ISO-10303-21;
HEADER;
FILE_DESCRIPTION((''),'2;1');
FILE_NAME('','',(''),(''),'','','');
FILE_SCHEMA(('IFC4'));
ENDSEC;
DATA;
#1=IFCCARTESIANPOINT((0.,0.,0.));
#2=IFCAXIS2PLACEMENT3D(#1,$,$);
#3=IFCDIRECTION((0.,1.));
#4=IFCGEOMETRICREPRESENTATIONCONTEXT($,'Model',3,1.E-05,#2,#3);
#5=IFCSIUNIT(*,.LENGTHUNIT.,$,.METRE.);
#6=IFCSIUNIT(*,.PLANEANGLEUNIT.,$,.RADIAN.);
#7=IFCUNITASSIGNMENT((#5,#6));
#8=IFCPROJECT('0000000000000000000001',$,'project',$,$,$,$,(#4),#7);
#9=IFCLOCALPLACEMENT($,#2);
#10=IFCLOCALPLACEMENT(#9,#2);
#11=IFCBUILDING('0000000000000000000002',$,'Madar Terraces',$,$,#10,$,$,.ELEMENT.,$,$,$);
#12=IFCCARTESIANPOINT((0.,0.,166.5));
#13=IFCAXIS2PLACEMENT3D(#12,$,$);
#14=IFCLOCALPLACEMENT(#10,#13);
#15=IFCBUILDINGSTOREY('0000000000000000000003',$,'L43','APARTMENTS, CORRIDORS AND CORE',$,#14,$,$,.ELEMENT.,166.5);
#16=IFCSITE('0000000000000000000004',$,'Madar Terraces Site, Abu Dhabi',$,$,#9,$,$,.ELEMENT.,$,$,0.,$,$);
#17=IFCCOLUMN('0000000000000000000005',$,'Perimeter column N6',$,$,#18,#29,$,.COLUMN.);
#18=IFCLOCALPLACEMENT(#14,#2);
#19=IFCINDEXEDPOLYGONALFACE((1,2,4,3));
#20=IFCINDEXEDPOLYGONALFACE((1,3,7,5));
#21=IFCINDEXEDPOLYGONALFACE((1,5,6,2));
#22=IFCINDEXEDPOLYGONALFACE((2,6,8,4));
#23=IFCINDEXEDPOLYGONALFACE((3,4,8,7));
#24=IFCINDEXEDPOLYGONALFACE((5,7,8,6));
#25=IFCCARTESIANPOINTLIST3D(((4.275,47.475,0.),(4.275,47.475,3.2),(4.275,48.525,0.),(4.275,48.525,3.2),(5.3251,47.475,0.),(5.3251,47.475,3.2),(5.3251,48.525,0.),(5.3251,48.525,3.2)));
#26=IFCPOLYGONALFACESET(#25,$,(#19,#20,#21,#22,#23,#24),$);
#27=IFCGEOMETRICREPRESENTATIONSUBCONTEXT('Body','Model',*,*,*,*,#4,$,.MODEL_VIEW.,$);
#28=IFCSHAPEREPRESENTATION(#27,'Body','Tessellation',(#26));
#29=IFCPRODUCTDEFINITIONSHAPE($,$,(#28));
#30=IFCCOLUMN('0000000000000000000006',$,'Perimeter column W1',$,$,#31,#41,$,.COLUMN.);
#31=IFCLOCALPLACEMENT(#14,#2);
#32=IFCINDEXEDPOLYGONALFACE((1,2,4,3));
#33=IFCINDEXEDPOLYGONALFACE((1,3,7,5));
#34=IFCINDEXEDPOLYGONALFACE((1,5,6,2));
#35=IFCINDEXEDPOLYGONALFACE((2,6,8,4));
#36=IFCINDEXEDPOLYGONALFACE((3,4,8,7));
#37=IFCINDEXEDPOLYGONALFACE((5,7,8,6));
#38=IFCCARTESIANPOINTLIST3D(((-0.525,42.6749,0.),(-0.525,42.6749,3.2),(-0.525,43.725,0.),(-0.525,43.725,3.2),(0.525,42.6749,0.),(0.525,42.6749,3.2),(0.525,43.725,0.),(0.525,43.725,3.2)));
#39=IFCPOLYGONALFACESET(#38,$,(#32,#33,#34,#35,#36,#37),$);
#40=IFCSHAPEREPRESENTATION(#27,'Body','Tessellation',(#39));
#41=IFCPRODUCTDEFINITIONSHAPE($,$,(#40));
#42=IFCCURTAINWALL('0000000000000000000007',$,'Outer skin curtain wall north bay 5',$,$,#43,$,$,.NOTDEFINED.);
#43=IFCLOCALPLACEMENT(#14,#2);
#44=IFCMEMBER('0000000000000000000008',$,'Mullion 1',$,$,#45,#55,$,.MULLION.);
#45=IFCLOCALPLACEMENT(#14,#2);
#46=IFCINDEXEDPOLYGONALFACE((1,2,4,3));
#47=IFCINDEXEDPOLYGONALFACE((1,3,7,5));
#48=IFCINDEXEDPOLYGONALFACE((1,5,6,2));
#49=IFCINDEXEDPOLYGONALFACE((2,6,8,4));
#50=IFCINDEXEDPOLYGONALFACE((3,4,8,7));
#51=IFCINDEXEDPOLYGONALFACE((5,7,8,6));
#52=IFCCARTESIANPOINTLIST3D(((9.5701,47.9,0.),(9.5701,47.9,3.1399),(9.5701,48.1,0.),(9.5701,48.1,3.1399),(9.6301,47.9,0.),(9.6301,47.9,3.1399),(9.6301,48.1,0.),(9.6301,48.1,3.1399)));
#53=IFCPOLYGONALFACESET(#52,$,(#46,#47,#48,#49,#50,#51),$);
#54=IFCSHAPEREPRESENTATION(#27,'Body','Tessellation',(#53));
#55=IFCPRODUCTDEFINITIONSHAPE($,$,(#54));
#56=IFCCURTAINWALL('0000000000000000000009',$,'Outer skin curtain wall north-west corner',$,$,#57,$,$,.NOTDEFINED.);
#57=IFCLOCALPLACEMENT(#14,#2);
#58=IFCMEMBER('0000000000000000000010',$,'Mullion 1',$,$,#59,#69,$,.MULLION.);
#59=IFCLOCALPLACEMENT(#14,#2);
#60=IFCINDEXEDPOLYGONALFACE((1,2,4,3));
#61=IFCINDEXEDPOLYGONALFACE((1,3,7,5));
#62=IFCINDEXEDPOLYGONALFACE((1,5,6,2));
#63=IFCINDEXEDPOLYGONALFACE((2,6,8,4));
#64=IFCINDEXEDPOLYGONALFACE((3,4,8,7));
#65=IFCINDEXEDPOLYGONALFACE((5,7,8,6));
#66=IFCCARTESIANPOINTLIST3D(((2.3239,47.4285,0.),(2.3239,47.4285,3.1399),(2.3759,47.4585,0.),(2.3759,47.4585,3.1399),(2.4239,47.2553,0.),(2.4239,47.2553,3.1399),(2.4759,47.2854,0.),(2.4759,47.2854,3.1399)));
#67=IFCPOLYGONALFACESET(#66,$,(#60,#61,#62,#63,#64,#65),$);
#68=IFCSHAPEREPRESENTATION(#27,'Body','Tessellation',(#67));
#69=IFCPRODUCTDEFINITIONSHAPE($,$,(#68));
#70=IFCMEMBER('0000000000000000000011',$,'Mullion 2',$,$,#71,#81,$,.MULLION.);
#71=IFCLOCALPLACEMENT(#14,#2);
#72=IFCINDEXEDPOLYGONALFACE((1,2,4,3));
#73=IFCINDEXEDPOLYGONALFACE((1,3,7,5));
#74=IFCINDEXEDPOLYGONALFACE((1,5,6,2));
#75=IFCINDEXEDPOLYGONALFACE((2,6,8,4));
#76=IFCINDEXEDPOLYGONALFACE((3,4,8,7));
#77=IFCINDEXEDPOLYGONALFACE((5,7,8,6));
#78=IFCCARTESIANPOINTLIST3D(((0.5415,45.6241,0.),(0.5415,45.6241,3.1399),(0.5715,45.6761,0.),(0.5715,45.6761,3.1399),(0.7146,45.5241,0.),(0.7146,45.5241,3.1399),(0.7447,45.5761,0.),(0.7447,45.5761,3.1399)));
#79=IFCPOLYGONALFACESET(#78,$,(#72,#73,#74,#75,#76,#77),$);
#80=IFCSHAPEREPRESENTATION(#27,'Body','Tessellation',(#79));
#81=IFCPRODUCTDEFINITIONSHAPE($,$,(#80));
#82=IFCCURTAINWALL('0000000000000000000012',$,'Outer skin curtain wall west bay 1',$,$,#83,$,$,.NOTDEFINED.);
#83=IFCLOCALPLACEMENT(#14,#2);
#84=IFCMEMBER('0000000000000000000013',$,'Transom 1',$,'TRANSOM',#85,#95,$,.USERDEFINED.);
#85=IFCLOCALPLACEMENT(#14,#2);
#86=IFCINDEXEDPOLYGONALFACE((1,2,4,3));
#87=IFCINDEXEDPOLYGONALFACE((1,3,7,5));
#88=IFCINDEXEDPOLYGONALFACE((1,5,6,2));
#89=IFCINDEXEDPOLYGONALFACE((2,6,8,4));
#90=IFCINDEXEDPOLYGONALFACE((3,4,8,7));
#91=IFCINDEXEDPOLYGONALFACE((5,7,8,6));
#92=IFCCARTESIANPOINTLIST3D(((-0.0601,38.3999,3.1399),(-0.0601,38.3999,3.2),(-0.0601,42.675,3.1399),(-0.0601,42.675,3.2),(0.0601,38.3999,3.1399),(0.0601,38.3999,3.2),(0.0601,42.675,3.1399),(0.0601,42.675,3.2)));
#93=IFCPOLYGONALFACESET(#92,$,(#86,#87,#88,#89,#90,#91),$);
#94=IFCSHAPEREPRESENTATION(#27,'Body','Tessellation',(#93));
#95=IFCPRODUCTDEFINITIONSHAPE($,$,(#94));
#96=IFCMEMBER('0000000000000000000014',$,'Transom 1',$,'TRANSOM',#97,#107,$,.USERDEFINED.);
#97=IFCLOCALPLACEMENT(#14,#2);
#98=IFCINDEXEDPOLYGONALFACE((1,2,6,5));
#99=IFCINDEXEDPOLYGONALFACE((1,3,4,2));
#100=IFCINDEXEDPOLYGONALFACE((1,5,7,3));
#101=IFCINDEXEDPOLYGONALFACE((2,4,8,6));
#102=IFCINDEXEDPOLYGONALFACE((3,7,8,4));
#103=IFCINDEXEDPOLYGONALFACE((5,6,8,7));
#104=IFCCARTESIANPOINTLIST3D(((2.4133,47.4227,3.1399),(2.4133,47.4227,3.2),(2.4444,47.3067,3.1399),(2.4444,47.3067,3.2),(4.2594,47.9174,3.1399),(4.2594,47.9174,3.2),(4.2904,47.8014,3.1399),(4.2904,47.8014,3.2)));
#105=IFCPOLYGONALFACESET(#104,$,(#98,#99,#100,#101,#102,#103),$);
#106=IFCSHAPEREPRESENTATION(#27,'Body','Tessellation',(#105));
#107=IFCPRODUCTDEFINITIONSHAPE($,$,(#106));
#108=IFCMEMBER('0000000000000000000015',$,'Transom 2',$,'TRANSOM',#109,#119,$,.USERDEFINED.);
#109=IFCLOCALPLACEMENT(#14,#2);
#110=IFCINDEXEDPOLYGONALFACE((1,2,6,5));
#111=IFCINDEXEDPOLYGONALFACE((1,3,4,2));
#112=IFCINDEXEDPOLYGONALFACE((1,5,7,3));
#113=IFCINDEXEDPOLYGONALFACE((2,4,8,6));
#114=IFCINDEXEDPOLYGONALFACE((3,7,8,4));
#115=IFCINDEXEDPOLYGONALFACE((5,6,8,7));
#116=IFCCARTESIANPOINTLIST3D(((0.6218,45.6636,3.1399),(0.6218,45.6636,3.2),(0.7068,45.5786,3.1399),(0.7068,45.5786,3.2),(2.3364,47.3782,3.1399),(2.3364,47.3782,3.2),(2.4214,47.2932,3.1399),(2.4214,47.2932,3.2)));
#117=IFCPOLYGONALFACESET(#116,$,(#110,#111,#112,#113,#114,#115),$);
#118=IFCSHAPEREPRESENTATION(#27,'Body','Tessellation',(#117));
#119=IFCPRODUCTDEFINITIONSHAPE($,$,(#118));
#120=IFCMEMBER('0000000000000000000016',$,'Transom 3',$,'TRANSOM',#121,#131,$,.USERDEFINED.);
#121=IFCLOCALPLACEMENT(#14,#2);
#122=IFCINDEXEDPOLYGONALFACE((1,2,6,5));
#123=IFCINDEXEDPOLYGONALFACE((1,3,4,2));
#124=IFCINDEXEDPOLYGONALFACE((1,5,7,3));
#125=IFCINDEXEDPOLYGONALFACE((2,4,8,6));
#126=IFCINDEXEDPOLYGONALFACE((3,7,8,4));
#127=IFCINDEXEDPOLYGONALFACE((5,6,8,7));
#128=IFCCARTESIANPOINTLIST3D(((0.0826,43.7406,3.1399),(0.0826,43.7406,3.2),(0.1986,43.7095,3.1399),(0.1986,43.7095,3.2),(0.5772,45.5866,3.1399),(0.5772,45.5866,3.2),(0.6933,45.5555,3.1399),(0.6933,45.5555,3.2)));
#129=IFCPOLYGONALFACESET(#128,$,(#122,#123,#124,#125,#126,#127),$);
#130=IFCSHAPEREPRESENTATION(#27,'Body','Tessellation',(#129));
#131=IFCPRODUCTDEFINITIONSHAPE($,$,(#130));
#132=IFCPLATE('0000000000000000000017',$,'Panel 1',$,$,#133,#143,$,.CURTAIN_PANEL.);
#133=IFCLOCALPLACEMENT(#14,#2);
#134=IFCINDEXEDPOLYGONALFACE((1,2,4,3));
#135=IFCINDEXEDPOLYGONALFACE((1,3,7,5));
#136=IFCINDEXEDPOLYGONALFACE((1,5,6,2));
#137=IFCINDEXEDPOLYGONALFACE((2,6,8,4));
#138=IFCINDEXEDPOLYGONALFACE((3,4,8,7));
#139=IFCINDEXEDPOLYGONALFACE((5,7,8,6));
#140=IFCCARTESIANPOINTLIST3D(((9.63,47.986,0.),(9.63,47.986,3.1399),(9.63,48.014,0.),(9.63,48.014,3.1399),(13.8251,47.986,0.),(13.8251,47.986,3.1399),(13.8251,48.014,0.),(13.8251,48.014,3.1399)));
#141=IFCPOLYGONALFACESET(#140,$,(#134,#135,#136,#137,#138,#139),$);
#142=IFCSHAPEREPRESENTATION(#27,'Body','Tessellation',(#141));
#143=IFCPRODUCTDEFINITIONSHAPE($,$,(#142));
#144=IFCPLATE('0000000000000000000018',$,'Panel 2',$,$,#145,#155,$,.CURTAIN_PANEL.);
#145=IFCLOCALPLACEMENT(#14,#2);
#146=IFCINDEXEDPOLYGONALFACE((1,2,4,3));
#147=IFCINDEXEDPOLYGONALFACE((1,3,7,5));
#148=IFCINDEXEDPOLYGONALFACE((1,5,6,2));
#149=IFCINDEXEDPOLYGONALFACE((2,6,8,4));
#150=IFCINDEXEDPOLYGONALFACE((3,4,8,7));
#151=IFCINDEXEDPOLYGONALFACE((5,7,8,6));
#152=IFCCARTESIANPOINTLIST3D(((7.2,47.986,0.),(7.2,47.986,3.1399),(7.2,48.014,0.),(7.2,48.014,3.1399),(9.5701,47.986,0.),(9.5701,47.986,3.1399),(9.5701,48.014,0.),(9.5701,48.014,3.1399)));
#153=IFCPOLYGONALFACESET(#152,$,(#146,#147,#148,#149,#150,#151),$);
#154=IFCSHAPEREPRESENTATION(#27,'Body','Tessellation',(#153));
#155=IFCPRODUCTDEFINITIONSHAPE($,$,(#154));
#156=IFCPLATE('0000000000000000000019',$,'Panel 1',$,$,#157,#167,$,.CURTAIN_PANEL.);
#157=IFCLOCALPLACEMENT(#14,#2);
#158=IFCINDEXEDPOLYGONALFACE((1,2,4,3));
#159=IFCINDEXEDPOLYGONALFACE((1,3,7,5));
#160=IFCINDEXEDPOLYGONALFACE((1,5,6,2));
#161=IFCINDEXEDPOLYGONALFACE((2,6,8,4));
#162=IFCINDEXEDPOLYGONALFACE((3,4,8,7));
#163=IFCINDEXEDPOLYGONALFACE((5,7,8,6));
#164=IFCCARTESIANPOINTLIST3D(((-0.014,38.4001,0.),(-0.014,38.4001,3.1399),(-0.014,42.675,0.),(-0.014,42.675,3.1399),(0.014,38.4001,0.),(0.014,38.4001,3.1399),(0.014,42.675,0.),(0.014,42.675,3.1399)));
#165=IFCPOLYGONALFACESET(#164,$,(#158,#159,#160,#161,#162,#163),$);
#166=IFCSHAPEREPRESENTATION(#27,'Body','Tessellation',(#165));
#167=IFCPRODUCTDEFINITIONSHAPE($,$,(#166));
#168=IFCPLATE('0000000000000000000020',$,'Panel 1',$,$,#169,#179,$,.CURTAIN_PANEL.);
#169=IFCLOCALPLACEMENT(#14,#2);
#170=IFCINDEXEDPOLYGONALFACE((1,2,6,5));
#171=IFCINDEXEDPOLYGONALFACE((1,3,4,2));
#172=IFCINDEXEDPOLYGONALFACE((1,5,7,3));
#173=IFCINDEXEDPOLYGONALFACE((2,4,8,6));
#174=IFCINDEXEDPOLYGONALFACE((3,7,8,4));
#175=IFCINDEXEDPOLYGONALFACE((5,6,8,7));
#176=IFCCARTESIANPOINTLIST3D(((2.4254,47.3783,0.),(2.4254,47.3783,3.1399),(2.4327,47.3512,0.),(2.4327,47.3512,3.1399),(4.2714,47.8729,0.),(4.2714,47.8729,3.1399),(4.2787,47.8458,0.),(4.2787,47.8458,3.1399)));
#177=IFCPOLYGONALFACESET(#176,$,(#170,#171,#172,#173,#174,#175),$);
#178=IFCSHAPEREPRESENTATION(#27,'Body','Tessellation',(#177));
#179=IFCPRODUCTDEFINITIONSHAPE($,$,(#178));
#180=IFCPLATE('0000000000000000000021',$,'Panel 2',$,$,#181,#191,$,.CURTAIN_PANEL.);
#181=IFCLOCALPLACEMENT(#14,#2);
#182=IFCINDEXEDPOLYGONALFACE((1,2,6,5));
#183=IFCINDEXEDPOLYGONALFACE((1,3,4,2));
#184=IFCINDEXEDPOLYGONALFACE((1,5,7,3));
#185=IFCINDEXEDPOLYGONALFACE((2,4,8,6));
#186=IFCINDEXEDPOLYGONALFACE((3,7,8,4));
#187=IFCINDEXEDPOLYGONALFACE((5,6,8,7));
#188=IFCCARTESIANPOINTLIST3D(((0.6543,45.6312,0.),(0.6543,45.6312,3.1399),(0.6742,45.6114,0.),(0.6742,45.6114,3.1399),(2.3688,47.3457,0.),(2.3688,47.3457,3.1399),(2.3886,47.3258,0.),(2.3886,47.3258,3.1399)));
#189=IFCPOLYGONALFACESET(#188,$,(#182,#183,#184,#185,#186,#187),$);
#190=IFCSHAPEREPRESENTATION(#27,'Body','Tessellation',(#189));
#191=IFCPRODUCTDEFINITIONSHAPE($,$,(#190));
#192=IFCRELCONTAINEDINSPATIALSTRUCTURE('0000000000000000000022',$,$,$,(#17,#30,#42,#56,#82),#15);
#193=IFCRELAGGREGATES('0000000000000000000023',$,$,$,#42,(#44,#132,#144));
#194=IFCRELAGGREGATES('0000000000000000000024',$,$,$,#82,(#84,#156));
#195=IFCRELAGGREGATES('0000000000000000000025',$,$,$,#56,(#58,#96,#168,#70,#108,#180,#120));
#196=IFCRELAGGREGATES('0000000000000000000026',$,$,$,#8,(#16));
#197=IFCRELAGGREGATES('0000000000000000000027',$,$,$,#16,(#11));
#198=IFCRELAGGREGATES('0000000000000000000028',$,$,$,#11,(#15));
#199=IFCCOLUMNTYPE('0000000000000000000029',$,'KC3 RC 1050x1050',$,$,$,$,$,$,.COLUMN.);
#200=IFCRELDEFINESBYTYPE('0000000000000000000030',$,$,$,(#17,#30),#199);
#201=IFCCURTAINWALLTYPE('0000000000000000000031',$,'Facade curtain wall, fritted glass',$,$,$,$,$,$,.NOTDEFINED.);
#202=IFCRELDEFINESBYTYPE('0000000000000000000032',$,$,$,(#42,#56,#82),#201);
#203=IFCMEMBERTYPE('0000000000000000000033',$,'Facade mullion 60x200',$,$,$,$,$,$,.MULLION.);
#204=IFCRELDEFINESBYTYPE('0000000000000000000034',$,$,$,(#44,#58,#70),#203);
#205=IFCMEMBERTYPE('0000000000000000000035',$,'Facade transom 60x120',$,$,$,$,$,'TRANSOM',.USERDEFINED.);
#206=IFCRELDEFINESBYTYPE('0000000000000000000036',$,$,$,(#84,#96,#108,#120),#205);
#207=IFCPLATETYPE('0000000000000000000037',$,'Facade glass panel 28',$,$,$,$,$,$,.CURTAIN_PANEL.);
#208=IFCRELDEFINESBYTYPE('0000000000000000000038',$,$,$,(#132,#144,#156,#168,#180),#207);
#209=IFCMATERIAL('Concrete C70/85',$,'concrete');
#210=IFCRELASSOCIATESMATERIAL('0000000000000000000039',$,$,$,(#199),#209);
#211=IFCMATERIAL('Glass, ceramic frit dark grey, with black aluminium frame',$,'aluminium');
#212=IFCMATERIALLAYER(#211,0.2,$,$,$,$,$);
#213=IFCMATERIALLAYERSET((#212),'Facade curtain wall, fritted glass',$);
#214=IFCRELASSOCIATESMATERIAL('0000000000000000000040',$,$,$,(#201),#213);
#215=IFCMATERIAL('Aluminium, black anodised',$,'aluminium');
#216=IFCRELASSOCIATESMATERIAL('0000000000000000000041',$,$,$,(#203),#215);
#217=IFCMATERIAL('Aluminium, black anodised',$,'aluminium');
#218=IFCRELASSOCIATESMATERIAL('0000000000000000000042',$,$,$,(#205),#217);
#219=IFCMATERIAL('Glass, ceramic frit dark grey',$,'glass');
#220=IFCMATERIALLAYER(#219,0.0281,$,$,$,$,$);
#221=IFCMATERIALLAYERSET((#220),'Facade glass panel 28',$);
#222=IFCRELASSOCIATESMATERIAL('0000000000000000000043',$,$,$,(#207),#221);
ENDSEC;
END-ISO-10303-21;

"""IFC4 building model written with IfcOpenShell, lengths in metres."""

from ifc_helpers import new_model, si_unit, direction, frame, origin, origin_2d, place, context, subcontext, project, spatial, rectangle, extrude, material, layer, layer_set, material_profile, profile_set, type_object, element, aggregate, save


model = new_model("IFC4")

# Units and contexts
model_context = context("Model", 3, precision=1e-05, world=origin(), true_north=direction((0.0, 1.0)))
body_context = subcontext(model_context, "Body", "Model", "MODEL_VIEW")
ifc_project = project(units=[si_unit("LENGTHUNIT", "METRE"), si_unit("PLANEANGLEUNIT", "RADIAN")], contexts=[model_context])

# Site, building, storey
site_placement = place(None, origin())
site = spatial("IfcSite", under=ifc_project, at=site_placement, Name="Madar Terraces Site, Abu Dhabi", CompositionType="ELEMENT", RefElevation=0.0)
building_placement = place(site_placement, origin())
building = spatial("IfcBuilding", under=site, at=building_placement, Name="Madar Terraces", CompositionType="ELEMENT")
storey_placement = place(building_placement, frame((0.0, 0.0, 166.5)))
storey = spatial("IfcBuildingStorey", under=building, at=storey_placement, Name="L43", Description="APARTMENTS, CORRIDORS AND CORE", CompositionType="ELEMENT", Elevation=166.5)

# Columns
ifc_material_1 = material(Name="Concrete C70/85", Category="concrete")
ifc_material_profile_1 = material_profile(ifc_material_1, rectangle(XDim=1.05, YDim=1.05, at=origin_2d()), Name="KC3 RC 1050x1050")
ifc_profile_set_1 = profile_set([ifc_material_profile_1], Name="Concrete C70/85")
column_type = type_object("IfcColumnType", Name="KC3 RC 1050x1050", PredefinedType="COLUMN", material=ifc_profile_set_1)
for number, where, z_axis, x_axis, name in (
    (1, (4.8, 48.0, 0.0), (0.0, 0.0, 1.0), (1.0, 0.0, 0.0), "Perimeter column N6"),
    (2, (0.0, 43.2, 0.0), (0.0, 0.0, 1.0), (1.0, 0.0, 0.0), "Perimeter column W1"),
):
    element("IfcColumn", number, at=place(storey_placement, frame(where, z_axis=z_axis, x_axis=x_axis)), inside=storey, type_object=column_type, Name=name, PredefinedType="COLUMN", context=body_context, shape_type="SweptSolid", body=[
        extrude(rectangle(XDim=1.05, YDim=1.05, at=origin_2d()), origin(), (0.0, 0.0, 1.0), 3.2),
    ])

# Curtain wall, member
ifc_material_2 = material(Name="Glass, ceramic frit dark grey, with black aluminium frame", Category="aluminium")
ifc_layer_1 = layer(ifc_material_2, 0.2)
ifc_layer_set_1 = layer_set([ifc_layer_1], Name="Facade curtain wall, fritted glass")
curtain_wall_type = type_object("IfcCurtainWallType", Name="Facade curtain wall, fritted glass", PredefinedType="NOTDEFINED", material=ifc_layer_set_1)
curtain_wall_1_placement = place(storey_placement, origin())
curtain_wall_1 = element("IfcCurtainWall", 3, at=curtain_wall_1_placement, inside=storey, type_object=curtain_wall_type, Name="Outer skin curtain wall north bay 5", PredefinedType="NOTDEFINED")
ifc_material_3 = material(Name="Aluminium, black anodised", Category="aluminium")
ifc_material_profile_2 = material_profile(ifc_material_3, rectangle(XDim=0.2, YDim=0.0601, at=origin_2d()), Name="Facade mullion 60x200")
ifc_profile_set_2 = profile_set([ifc_material_profile_2], Name="Aluminium, black anodised")
member_type_1 = type_object("IfcMemberType", Name="Facade mullion 60x200", PredefinedType="MULLION", material=ifc_profile_set_2)
member_1_placement = place(storey_placement, frame((9.6001, 48.0, 0.0), z_axis=(0.0, 0.0, 1.0), x_axis=(0.0, -1.0, 0.0)))
member_1 = element("IfcMember", 4, at=member_1_placement, type_object=member_type_1, Name="Mullion 1", PredefinedType="MULLION", context=body_context, shape_type="SweptSolid", body=[
    extrude(rectangle(XDim=0.2, YDim=0.0601, at=origin_2d()), origin(), (0.0, 0.0, 1.0), 3.1399),
])

# Curtain wall, members
curtain_wall_2_placement = place(storey_placement, origin())
curtain_wall_2 = element("IfcCurtainWall", 5, at=curtain_wall_2_placement, inside=storey, type_object=curtain_wall_type, Name="Outer skin curtain wall north-west corner", PredefinedType="NOTDEFINED")
member_2_placement = place(storey_placement, frame((2.3999, 47.3569, 0.0), z_axis=(0.0, 0.0, 1.0), x_axis=(0.5, -0.866025, 0.0)))
member_2 = element("IfcMember", 6, at=member_2_placement, type_object=member_type_1, Name="Mullion 1", PredefinedType="MULLION", context=body_context, shape_type="SweptSolid", body=[
    extrude(rectangle(XDim=0.2, YDim=0.0601, at=origin_2d()), origin(), (0.0, 0.0, 1.0), 3.1399),
])
member_3_placement = place(storey_placement, frame((0.6431, 45.6001, 0.0), z_axis=(0.0, 0.0, 1.0), x_axis=(0.866025, -0.5, 0.0)))
member_3 = element("IfcMember", 7, at=member_3_placement, type_object=member_type_1, Name="Mullion 2", PredefinedType="MULLION", context=body_context, shape_type="SweptSolid", body=[
    extrude(rectangle(XDim=0.2, YDim=0.0601, at=origin_2d()), origin(), (0.0, 0.0, 1.0), 3.1399),
])

# Curtain wall, member
curtain_wall_3_placement = place(storey_placement, origin())
curtain_wall_3 = element("IfcCurtainWall", 8, at=curtain_wall_3_placement, inside=storey, type_object=curtain_wall_type, Name="Outer skin curtain wall west bay 1", PredefinedType="NOTDEFINED")
ifc_material_4 = material(Name="Aluminium, black anodised", Category="aluminium")
ifc_material_profile_3 = material_profile(ifc_material_4, rectangle(XDim=0.1201, YDim=0.0601, at=origin_2d()), Name="Facade transom 60x120")
ifc_profile_set_3 = profile_set([ifc_material_profile_3], Name="Aluminium, black anodised")
member_type_2 = type_object("IfcMemberType", Name="Facade transom 60x120", ElementType="TRANSOM", PredefinedType="USERDEFINED", material=ifc_profile_set_3)
member_4_placement = place(storey_placement, frame((0.0, 42.675, 3.1699), z_axis=(0.0, -1.0, 0.0), x_axis=(1.0, 0.0, 0.0)))
member_4 = element("IfcMember", 9, at=member_4_placement, type_object=member_type_2, Name="Transom 1", ObjectType="TRANSOM", PredefinedType="USERDEFINED", context=body_context, shape_type="SweptSolid", body=[
    extrude(rectangle(XDim=0.1201, YDim=0.0601, at=origin_2d()), origin(), (0.0, 0.0, 1.0), 4.2751),
])

# Members
member_5_placement = place(storey_placement, frame((4.2749, 47.8594, 3.1699), z_axis=(-0.965925, -0.258823, 0.0), x_axis=(0.258823, -0.965925, 0.0)))
member_5 = element("IfcMember", 10, at=member_5_placement, type_object=member_type_2, Name="Transom 1", ObjectType="TRANSOM", PredefinedType="USERDEFINED", context=body_context, shape_type="SweptSolid", body=[
    extrude(rectangle(XDim=0.1201, YDim=0.0601, at=origin_2d()), origin(), (0.0, 0.0, 1.0), 1.9111),
])
member_6_placement = place(storey_placement, frame((2.3789, 47.3357, 3.1699), z_axis=(-0.707107, -0.707107, 0.0), x_axis=(0.707107, -0.707107, 0.0)))
member_6 = element("IfcMember", 11, at=member_6_placement, type_object=member_type_2, Name="Transom 2", ObjectType="TRANSOM", PredefinedType="USERDEFINED", context=body_context, shape_type="SweptSolid", body=[
    extrude(rectangle(XDim=0.1201, YDim=0.0601, at=origin_2d()), origin(), (0.0, 0.0, 1.0), 2.4248),
])
member_7_placement = place(storey_placement, frame((0.6353, 45.571, 3.1699), z_axis=(-0.258823, -0.965925, 0.0), x_axis=(0.965925, -0.258823, 0.0)))
member_7 = element("IfcMember", 12, at=member_7_placement, type_object=member_type_2, Name="Transom 3", ObjectType="TRANSOM", PredefinedType="USERDEFINED", context=body_context, shape_type="SweptSolid", body=[
    extrude(rectangle(XDim=0.1201, YDim=0.0601, at=origin_2d()), origin(), (0.0, 0.0, 1.0), 1.9111),
])

# Plates
ifc_material_5 = material(Name="Glass, ceramic frit dark grey", Category="glass")
ifc_layer_2 = layer(ifc_material_5, 0.0281)
ifc_layer_set_2 = layer_set([ifc_layer_2], Name="Facade glass panel 28")
plate_type = type_object("IfcPlateType", Name="Facade glass panel 28", PredefinedType="CURTAIN_PANEL", material=ifc_layer_set_2)
plate_1_placement = place(storey_placement, frame((11.7275, 48.0, 0.0), z_axis=(0.0, 0.0, 1.0), x_axis=(-1.0, 0.0, 0.0)))
plate_1 = element("IfcPlate", 13, at=plate_1_placement, type_object=plate_type, Name="Panel 1", PredefinedType="CURTAIN_PANEL", context=body_context, shape_type="SweptSolid", body=[
    extrude(rectangle(XDim=4.1951, YDim=0.0281, at=origin_2d()), origin(), (0.0, 0.0, 1.0), 3.1399),
])
plate_2_placement = place(storey_placement, frame((8.385, 48.0, 0.0), z_axis=(0.0, 0.0, 1.0), x_axis=(-1.0, 0.0, 0.0)))
plate_2 = element("IfcPlate", 14, at=plate_2_placement, type_object=plate_type, Name="Panel 2", PredefinedType="CURTAIN_PANEL", context=body_context, shape_type="SweptSolid", body=[
    extrude(rectangle(XDim=2.3701, YDim=0.0281, at=origin_2d()), origin(), (0.0, 0.0, 1.0), 3.1399),
])
aggregate(curtain_wall_1, [member_1, plate_1, plate_2])
plate_3_placement = place(storey_placement, frame((0.0, 40.5376, 0.0), z_axis=(0.0, 0.0, 1.0), x_axis=(0.0, -1.0, 0.0)))
plate_3 = element("IfcPlate", 15, at=plate_3_placement, type_object=plate_type, Name="Panel 1", PredefinedType="CURTAIN_PANEL", context=body_context, shape_type="SweptSolid", body=[
    extrude(rectangle(XDim=4.2749, YDim=0.0281, at=origin_2d()), origin(), (0.0, 0.0, 1.0), 3.1399),
])
aggregate(curtain_wall_3, [member_4, plate_3])
plate_4_placement = place(storey_placement, frame((3.3521, 47.6121, 0.0), z_axis=(0.0, 0.0, 1.0), x_axis=(-0.965926, -0.258819, 0.0)))
plate_4 = element("IfcPlate", 16, at=plate_4_placement, type_object=plate_type, Name="Panel 1", PredefinedType="CURTAIN_PANEL", context=body_context, shape_type="SweptSolid", body=[
    extrude(rectangle(XDim=1.9111, YDim=0.0281, at=origin_2d()), origin(), (0.0, 0.0, 1.0), 3.1399),
])
plate_5_placement = place(storey_placement, frame((1.5215, 46.4785, 0.0), z_axis=(0.0, 0.0, 1.0), x_axis=(-0.707107, -0.707107, 0.0)))
plate_5 = element("IfcPlate", 17, at=plate_5_placement, type_object=plate_type, Name="Panel 2", PredefinedType="CURTAIN_PANEL", context=body_context, shape_type="SweptSolid", body=[
    extrude(rectangle(XDim=2.4246, YDim=0.0281, at=origin_2d()), origin(), (0.0, 0.0, 1.0), 3.1399),
])
aggregate(curtain_wall_2, [member_2, member_5, plate_4, member_3, member_6, plate_5, member_7])

save(model, "model.ifc")
